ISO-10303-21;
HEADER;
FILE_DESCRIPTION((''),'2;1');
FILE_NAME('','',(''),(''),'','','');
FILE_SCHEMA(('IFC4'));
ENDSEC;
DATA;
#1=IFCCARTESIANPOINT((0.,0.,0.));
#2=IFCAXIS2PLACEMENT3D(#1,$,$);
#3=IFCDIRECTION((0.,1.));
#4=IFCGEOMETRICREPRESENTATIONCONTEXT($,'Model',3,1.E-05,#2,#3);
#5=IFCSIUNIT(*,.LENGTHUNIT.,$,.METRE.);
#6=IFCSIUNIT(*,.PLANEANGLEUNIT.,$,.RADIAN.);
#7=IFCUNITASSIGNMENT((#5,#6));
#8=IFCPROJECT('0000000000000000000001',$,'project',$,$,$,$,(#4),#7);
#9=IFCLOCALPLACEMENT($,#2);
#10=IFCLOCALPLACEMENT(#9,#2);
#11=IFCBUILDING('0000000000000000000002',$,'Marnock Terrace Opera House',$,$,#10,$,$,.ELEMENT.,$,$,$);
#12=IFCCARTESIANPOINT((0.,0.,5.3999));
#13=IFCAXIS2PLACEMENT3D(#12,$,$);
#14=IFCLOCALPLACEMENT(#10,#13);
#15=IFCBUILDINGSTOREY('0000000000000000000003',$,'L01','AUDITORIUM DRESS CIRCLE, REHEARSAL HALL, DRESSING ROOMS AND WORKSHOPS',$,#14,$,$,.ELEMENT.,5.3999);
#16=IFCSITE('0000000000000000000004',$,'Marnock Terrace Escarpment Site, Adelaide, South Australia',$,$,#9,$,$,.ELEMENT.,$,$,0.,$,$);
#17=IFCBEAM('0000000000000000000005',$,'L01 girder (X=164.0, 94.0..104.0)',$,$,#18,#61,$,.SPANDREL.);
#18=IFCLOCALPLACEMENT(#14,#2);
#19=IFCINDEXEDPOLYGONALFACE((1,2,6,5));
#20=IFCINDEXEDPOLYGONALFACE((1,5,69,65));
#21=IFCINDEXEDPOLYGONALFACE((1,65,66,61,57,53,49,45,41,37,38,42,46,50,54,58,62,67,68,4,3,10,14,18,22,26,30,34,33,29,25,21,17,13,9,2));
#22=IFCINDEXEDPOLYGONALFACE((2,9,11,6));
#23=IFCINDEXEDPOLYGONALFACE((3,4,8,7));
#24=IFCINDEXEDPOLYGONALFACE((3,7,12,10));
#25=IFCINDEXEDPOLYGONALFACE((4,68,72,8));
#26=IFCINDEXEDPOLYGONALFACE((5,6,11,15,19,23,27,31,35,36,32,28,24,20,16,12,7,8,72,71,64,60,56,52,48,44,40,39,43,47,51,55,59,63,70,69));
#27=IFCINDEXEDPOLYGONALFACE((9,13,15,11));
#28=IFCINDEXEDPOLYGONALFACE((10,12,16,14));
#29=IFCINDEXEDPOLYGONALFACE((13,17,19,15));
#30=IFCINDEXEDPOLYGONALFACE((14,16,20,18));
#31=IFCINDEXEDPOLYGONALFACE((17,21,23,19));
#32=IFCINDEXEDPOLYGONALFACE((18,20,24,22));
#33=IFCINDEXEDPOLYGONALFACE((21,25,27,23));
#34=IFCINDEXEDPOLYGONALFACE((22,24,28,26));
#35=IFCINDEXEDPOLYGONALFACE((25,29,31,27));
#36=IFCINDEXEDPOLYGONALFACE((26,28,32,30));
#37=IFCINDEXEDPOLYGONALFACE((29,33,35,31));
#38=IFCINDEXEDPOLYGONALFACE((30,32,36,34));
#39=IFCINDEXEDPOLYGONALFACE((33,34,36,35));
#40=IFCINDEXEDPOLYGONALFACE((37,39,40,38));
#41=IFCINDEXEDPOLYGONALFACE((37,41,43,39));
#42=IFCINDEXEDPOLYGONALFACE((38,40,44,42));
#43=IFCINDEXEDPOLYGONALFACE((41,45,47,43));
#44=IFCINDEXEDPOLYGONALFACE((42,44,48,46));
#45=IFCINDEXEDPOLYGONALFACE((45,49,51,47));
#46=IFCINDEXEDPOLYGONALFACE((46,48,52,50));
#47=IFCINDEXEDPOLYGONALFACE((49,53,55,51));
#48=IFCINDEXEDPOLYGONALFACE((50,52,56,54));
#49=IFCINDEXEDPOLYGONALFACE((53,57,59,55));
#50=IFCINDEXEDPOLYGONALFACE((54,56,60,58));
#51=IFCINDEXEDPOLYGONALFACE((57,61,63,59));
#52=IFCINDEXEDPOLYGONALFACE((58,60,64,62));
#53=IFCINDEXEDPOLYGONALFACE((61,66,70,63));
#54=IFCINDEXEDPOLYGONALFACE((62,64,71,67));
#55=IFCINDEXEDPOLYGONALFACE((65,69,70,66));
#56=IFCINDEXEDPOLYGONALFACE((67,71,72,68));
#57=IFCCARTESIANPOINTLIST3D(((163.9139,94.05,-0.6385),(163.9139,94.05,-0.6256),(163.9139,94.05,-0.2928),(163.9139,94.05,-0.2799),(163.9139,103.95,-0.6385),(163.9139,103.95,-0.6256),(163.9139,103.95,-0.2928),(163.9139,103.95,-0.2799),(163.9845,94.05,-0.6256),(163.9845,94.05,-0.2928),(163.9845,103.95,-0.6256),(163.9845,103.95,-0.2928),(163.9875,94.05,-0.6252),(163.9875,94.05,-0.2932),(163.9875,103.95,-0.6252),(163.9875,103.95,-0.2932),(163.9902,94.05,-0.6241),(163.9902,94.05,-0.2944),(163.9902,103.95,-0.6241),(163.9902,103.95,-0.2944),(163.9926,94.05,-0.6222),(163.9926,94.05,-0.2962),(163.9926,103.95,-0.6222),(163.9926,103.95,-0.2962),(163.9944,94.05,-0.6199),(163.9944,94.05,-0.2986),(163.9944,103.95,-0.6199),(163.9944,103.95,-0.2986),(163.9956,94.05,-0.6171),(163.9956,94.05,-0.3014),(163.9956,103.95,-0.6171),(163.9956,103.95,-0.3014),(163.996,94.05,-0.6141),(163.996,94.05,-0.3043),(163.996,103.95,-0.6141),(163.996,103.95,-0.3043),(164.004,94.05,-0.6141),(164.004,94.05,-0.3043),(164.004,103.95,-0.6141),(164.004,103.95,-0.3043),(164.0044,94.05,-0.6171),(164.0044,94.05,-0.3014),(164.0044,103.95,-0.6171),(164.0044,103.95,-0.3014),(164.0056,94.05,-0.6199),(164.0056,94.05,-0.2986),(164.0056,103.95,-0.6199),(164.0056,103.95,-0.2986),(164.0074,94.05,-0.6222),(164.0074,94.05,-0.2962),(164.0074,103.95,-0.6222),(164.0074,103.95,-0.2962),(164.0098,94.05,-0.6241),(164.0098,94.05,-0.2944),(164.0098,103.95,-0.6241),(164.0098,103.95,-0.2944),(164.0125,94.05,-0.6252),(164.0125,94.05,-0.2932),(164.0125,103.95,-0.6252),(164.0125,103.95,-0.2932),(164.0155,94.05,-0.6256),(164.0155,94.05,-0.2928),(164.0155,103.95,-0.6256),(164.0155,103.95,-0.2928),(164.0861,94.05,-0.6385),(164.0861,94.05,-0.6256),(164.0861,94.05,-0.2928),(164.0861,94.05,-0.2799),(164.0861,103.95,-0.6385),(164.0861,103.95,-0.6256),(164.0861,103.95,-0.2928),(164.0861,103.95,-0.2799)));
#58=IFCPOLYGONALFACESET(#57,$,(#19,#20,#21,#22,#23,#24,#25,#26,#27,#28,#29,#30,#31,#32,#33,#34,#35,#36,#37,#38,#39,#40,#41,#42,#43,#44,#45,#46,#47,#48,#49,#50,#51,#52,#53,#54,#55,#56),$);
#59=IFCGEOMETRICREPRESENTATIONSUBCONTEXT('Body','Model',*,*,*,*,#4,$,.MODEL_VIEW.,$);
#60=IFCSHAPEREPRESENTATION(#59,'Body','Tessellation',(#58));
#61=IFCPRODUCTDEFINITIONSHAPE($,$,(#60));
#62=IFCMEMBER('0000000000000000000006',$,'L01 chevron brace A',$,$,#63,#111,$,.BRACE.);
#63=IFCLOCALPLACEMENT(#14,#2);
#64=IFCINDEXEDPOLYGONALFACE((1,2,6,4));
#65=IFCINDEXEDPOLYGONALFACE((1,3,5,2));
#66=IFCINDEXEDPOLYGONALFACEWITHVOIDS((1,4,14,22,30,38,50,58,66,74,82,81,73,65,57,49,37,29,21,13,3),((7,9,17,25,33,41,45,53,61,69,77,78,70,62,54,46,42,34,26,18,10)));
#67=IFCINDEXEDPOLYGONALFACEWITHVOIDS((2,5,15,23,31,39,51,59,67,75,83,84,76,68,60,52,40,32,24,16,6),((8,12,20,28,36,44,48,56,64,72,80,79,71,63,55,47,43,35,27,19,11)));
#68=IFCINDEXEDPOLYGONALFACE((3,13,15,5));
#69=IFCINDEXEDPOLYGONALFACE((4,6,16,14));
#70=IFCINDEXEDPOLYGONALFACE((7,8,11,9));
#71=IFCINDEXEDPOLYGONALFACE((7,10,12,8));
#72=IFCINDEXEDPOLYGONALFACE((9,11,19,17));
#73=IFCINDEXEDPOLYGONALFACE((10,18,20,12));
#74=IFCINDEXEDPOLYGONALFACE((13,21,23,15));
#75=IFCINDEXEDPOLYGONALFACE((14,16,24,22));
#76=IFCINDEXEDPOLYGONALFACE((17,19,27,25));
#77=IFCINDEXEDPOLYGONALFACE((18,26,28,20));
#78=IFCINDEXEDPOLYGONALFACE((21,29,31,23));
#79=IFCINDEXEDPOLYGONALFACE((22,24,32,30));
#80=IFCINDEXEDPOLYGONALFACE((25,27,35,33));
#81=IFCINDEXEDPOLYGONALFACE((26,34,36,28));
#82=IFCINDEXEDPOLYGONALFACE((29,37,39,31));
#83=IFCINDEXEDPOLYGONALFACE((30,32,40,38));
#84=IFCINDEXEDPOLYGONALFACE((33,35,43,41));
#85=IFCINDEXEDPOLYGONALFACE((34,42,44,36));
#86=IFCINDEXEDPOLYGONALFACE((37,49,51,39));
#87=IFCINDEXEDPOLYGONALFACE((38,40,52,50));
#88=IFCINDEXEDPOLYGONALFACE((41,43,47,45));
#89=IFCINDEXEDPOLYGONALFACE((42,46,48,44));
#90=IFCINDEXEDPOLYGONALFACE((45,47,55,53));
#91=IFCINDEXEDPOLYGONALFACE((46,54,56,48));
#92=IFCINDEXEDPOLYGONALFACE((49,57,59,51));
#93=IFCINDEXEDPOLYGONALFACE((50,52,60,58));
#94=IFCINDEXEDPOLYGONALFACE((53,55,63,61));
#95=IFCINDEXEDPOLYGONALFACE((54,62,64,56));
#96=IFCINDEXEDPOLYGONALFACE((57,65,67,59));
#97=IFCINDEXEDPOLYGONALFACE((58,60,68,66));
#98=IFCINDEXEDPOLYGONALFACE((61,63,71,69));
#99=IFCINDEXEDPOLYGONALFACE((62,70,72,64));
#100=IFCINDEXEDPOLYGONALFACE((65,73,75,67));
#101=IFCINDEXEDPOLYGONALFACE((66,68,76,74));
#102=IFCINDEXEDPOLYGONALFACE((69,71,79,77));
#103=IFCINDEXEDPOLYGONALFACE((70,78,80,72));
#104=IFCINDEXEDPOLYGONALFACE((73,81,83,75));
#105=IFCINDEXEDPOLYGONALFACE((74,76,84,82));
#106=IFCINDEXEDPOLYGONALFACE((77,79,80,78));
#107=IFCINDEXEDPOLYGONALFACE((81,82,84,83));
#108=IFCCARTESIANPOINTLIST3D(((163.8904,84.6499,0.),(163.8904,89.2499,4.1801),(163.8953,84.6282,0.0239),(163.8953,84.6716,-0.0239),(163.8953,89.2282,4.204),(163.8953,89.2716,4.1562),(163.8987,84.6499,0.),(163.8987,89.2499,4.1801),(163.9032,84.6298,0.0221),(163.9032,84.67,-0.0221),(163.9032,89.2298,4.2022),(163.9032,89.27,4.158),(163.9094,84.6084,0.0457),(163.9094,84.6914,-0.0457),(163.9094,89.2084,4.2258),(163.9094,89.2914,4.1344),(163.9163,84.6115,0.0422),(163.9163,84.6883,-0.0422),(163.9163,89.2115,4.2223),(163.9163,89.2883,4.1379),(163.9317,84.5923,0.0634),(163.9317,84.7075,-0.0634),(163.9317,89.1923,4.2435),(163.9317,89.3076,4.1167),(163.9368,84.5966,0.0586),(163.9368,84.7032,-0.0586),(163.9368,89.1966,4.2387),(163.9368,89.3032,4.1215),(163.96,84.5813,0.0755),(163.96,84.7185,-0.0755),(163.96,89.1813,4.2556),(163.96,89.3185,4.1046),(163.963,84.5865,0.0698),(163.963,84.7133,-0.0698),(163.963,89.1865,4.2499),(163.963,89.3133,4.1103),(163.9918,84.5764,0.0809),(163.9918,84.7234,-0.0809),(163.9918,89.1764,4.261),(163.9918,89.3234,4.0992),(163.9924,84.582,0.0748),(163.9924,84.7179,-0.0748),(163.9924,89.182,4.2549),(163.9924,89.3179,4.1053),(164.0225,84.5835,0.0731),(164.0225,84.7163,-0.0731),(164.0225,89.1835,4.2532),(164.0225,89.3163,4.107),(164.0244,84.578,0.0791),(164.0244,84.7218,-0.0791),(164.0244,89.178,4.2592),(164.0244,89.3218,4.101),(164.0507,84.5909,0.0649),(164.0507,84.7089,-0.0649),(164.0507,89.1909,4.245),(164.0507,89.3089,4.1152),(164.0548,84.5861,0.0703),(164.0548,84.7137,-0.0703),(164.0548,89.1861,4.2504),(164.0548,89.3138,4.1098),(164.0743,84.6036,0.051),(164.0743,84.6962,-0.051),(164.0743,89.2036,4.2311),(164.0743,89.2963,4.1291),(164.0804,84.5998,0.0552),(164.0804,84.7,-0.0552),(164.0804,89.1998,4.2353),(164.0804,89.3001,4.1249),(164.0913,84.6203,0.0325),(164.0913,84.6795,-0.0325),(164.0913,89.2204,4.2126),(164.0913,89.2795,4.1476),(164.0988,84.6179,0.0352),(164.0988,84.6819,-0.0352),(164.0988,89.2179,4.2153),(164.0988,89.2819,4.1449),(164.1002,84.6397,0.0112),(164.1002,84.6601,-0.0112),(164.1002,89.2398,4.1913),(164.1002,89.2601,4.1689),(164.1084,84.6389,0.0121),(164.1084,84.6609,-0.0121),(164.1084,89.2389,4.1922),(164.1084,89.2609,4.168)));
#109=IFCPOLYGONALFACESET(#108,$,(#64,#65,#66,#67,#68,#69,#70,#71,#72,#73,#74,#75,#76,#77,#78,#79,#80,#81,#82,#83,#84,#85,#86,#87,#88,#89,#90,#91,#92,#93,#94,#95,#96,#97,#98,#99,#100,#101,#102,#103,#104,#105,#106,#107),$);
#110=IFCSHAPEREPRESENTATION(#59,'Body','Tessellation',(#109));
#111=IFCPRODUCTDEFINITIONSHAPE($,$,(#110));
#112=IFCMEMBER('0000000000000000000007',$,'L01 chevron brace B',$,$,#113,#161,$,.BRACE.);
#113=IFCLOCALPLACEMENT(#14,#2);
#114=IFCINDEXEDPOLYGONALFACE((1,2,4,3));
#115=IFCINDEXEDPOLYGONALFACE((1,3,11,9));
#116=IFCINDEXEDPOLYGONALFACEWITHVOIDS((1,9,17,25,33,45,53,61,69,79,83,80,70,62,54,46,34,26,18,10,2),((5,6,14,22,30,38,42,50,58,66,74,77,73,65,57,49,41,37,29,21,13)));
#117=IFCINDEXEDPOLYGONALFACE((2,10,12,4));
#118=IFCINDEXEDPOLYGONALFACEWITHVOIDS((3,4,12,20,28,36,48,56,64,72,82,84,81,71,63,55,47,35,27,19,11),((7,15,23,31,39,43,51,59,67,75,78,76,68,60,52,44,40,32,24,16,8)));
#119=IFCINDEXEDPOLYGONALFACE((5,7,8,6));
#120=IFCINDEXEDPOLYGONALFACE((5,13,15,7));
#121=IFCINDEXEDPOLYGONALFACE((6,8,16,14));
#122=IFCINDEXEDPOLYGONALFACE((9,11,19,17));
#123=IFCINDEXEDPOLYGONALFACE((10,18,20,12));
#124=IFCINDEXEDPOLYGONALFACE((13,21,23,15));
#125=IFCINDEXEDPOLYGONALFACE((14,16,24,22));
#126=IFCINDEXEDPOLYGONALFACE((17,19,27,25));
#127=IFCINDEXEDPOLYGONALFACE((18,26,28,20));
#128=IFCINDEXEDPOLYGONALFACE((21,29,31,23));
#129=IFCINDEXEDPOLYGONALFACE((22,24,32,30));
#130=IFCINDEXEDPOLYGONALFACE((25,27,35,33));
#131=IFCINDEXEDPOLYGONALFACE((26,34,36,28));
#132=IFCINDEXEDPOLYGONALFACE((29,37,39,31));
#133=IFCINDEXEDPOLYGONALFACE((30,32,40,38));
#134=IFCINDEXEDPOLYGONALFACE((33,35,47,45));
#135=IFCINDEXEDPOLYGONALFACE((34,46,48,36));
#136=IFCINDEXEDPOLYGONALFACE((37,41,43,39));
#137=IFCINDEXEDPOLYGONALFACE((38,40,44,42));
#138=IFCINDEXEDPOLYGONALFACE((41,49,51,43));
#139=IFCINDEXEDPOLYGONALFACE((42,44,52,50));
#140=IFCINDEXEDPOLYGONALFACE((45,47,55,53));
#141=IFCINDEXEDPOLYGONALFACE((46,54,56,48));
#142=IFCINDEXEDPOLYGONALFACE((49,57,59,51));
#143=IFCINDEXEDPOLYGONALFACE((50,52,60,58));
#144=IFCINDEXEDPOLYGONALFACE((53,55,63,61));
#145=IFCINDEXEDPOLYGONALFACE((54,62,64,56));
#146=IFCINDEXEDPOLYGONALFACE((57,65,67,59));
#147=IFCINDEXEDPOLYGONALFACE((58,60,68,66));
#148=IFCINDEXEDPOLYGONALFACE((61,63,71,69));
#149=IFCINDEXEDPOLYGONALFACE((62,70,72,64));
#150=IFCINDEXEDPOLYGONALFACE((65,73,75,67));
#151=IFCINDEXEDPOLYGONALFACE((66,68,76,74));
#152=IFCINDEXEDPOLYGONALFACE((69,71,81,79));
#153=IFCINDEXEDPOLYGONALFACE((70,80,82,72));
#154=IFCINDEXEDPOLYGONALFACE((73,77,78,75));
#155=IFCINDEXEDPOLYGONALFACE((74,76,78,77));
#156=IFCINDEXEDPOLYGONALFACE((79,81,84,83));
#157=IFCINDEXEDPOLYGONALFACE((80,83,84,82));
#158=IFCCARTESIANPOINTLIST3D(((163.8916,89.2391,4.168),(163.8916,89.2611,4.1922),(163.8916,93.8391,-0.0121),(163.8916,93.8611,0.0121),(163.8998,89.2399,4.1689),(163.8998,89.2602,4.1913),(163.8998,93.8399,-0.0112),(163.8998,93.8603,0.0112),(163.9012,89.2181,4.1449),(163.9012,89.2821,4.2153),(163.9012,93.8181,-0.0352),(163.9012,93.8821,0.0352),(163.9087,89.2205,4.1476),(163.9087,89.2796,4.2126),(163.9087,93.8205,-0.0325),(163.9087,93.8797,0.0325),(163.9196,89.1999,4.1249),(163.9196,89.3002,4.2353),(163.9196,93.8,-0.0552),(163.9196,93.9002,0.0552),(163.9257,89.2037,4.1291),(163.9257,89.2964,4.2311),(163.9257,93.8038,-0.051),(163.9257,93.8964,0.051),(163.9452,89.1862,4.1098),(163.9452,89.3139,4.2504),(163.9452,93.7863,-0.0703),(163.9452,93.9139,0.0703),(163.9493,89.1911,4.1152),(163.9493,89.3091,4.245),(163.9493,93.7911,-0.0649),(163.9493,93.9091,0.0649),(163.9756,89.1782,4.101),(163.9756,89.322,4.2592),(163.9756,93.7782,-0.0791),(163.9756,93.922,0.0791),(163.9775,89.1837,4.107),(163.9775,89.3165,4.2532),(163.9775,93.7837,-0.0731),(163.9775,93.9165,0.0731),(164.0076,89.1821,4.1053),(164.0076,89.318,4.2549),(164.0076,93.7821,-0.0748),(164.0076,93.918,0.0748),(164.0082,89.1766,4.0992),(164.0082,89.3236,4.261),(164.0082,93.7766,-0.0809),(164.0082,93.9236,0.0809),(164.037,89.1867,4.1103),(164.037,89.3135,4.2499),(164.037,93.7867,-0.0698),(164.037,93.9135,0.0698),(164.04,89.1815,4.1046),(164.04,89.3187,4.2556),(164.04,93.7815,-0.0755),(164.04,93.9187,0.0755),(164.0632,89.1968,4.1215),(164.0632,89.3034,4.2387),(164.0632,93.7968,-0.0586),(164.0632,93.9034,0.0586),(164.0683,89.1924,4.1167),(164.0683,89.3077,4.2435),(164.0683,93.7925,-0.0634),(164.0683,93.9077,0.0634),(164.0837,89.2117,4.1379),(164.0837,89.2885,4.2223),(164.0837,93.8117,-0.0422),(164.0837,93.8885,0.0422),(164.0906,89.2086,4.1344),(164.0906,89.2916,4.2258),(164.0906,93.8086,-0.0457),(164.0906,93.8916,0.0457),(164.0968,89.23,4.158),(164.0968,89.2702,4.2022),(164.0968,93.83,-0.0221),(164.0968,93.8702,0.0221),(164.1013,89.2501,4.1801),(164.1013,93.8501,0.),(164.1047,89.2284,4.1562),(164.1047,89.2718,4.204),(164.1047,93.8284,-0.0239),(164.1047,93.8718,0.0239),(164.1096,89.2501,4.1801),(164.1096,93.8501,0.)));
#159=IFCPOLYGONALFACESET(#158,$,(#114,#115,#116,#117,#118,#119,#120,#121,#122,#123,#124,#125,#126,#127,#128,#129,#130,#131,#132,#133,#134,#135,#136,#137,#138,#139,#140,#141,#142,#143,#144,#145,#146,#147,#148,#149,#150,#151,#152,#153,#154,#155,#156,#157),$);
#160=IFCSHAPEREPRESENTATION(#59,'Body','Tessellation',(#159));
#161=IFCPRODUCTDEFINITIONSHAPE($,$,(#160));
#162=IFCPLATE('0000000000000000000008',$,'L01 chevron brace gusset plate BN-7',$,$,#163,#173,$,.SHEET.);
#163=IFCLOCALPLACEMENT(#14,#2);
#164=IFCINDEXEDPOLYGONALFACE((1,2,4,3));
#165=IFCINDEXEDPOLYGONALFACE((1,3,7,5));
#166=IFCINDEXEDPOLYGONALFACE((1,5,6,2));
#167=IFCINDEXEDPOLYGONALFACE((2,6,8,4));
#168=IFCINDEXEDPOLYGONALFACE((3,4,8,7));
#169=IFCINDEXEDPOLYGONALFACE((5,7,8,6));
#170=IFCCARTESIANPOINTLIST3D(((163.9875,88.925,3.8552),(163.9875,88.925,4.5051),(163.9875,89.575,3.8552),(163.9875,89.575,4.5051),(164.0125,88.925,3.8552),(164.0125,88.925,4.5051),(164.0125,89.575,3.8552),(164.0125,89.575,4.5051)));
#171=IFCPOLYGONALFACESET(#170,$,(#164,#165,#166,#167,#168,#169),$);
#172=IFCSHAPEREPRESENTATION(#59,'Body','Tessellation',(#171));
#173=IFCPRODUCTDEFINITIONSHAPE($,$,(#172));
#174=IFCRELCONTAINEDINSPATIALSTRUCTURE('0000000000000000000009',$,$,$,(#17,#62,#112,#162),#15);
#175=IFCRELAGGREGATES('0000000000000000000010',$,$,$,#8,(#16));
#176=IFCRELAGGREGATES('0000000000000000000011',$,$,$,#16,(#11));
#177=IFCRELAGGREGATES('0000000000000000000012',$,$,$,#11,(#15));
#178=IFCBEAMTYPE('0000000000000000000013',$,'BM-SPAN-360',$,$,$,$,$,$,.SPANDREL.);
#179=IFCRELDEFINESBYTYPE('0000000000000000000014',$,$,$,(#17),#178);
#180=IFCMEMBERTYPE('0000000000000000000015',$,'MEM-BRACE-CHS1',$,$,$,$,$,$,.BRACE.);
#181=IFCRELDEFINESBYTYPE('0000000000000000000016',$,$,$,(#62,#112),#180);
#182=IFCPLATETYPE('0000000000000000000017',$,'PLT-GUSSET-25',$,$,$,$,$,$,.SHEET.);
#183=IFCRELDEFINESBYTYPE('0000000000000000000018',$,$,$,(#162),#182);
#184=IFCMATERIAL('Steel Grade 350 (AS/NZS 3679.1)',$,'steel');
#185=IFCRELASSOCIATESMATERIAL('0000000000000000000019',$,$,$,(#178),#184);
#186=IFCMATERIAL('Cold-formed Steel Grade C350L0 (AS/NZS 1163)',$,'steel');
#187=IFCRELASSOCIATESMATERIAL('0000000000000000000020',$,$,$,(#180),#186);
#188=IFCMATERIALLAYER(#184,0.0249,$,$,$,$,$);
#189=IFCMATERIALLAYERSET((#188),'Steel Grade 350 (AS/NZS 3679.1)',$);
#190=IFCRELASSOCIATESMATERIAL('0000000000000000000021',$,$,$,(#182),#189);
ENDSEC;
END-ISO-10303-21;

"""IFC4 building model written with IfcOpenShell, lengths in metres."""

from ifc_helpers import new_model, si_unit, direction, frame, origin, origin_2d, place, context, subcontext, project, spatial, rectangle, hollow_circle, i_section, extrude, material, layer, layer_set, material_profile, profile_set, type_object, element, save


model = new_model("IFC4")

# Units and contexts
model_context = context("Model", 3, precision=1e-05, world=origin(), true_north=direction((0.0, 1.0)))
body_context = subcontext(model_context, "Body", "Model", "MODEL_VIEW")
ifc_project = project(units=[si_unit("LENGTHUNIT", "METRE"), si_unit("PLANEANGLEUNIT", "RADIAN")], contexts=[model_context])

# Site, building, storey
site_placement = place(None, origin())
site = spatial("IfcSite", under=ifc_project, at=site_placement, Name="Marnock Terrace Escarpment Site, Adelaide, South Australia", CompositionType="ELEMENT", RefElevation=0.0)
building_placement = place(site_placement, origin())
building = spatial("IfcBuilding", under=site, at=building_placement, Name="Marnock Terrace Opera House", CompositionType="ELEMENT")
storey_placement = place(building_placement, frame((0.0, 0.0, 5.3999)))
storey = spatial("IfcBuildingStorey", under=building, at=storey_placement, Name="L01", Description="AUDITORIUM DRESS CIRCLE, REHEARSAL HALL, DRESSING ROOMS AND WORKSHOPS", CompositionType="ELEMENT", Elevation=5.3999)

# Shared definitions
ifc_material_1 = material(Name="Steel Grade 350 (AS/NZS 3679.1)", Category="steel")

# Beam
ifc_material_profile_1 = material_profile(ifc_material_1, i_section(OverallWidth=0.1721, OverallDepth=0.3586, WebThickness=0.0081, FlangeThickness=0.0129, FilletRadius=0.0115, at=origin_2d()))
ifc_profile_set_1 = profile_set([ifc_material_profile_1], Name="Steel Grade 350 (AS/NZS 3679.1)")
beam_type_1 = type_object("IfcBeamType", Name="BM-SPAN-360", PredefinedType="SPANDREL", material=ifc_profile_set_1)
beam_1_placement = place(storey_placement, frame((164.0, 94.05, -0.4592), z_axis=(0.0, 1.0, 0.0), x_axis=(-1.0, 0.0, 0.0)))
element("IfcBeam", 1, at=beam_1_placement, inside=storey, type_object=beam_type_1, Name="L01 girder (X=164.0, 94.0..104.0)", PredefinedType="SPANDREL", context=body_context, shape_type="SweptSolid", body=[
    extrude(i_section(OverallWidth=0.1721, OverallDepth=0.3586, WebThickness=0.0081, FlangeThickness=0.0129, FilletRadius=0.0115, at=origin_2d()), origin(), (0.0, 0.0, 1.0), 9.8999),
])

# Members
ifc_material_2 = material(Name="Cold-formed Steel Grade C350L0 (AS/NZS 1163)", Category="steel")
ifc_material_profile_2 = material_profile(ifc_material_2, hollow_circle(Radius=0.1096, WallThickness=0.0083, at=origin_2d()))
ifc_profile_set_2 = profile_set([ifc_material_profile_2], Name="Cold-formed Steel Grade C350L0 (AS/NZS 1163)")
member_type = type_object("IfcMemberType", Name="MEM-BRACE-CHS1", PredefinedType="BRACE", material=ifc_profile_set_2)
for number, where, z_axis, x_axis, name in (
    (2, (164.0, 84.6499, 0.0), (0.0, 0.740079, 0.67252), (-1.0, 0.0, 0.0), "L01 chevron brace A"),
    (3, (164.0, 93.8501, 0.0), (0.0, -0.740079, 0.67252), (1.0, 0.0, 0.0), "L01 chevron brace B"),
):
    element("IfcMember", number, at=place(storey_placement, frame(where, z_axis=z_axis, x_axis=x_axis)), inside=storey, type_object=member_type, Name=name, PredefinedType="BRACE", context=body_context, shape_type="SweptSolid", body=[
        extrude(hollow_circle(Radius=0.1096, WallThickness=0.0083, at=origin_2d()), origin(), (0.0, 0.0, 1.0), 6.2156),
    ])

# Plate
ifc_layer_1 = layer(ifc_material_1, 0.0249)
ifc_layer_set_1 = layer_set([ifc_layer_1], Name="Steel Grade 350 (AS/NZS 3679.1)")
plate_type = type_object("IfcPlateType", Name="PLT-GUSSET-25", PredefinedType="SHEET", material=ifc_layer_set_1)
plate_placement = place(storey_placement, frame((164.0, 89.25, 3.8552), z_axis=(0.0, 0.0, 1.0), x_axis=(0.0, 1.0, 0.0)))
element("IfcPlate", 4, at=plate_placement, inside=storey, type_object=plate_type, Name="L01 chevron brace gusset plate BN-7", PredefinedType="SHEET", context=body_context, shape_type="SweptSolid", body=[
    extrude(rectangle(XDim=0.6499, YDim=0.0249, at=origin_2d()), origin(), (0.0, 0.0, 1.0), 0.6499),
])

save(model, "model.ifc")
